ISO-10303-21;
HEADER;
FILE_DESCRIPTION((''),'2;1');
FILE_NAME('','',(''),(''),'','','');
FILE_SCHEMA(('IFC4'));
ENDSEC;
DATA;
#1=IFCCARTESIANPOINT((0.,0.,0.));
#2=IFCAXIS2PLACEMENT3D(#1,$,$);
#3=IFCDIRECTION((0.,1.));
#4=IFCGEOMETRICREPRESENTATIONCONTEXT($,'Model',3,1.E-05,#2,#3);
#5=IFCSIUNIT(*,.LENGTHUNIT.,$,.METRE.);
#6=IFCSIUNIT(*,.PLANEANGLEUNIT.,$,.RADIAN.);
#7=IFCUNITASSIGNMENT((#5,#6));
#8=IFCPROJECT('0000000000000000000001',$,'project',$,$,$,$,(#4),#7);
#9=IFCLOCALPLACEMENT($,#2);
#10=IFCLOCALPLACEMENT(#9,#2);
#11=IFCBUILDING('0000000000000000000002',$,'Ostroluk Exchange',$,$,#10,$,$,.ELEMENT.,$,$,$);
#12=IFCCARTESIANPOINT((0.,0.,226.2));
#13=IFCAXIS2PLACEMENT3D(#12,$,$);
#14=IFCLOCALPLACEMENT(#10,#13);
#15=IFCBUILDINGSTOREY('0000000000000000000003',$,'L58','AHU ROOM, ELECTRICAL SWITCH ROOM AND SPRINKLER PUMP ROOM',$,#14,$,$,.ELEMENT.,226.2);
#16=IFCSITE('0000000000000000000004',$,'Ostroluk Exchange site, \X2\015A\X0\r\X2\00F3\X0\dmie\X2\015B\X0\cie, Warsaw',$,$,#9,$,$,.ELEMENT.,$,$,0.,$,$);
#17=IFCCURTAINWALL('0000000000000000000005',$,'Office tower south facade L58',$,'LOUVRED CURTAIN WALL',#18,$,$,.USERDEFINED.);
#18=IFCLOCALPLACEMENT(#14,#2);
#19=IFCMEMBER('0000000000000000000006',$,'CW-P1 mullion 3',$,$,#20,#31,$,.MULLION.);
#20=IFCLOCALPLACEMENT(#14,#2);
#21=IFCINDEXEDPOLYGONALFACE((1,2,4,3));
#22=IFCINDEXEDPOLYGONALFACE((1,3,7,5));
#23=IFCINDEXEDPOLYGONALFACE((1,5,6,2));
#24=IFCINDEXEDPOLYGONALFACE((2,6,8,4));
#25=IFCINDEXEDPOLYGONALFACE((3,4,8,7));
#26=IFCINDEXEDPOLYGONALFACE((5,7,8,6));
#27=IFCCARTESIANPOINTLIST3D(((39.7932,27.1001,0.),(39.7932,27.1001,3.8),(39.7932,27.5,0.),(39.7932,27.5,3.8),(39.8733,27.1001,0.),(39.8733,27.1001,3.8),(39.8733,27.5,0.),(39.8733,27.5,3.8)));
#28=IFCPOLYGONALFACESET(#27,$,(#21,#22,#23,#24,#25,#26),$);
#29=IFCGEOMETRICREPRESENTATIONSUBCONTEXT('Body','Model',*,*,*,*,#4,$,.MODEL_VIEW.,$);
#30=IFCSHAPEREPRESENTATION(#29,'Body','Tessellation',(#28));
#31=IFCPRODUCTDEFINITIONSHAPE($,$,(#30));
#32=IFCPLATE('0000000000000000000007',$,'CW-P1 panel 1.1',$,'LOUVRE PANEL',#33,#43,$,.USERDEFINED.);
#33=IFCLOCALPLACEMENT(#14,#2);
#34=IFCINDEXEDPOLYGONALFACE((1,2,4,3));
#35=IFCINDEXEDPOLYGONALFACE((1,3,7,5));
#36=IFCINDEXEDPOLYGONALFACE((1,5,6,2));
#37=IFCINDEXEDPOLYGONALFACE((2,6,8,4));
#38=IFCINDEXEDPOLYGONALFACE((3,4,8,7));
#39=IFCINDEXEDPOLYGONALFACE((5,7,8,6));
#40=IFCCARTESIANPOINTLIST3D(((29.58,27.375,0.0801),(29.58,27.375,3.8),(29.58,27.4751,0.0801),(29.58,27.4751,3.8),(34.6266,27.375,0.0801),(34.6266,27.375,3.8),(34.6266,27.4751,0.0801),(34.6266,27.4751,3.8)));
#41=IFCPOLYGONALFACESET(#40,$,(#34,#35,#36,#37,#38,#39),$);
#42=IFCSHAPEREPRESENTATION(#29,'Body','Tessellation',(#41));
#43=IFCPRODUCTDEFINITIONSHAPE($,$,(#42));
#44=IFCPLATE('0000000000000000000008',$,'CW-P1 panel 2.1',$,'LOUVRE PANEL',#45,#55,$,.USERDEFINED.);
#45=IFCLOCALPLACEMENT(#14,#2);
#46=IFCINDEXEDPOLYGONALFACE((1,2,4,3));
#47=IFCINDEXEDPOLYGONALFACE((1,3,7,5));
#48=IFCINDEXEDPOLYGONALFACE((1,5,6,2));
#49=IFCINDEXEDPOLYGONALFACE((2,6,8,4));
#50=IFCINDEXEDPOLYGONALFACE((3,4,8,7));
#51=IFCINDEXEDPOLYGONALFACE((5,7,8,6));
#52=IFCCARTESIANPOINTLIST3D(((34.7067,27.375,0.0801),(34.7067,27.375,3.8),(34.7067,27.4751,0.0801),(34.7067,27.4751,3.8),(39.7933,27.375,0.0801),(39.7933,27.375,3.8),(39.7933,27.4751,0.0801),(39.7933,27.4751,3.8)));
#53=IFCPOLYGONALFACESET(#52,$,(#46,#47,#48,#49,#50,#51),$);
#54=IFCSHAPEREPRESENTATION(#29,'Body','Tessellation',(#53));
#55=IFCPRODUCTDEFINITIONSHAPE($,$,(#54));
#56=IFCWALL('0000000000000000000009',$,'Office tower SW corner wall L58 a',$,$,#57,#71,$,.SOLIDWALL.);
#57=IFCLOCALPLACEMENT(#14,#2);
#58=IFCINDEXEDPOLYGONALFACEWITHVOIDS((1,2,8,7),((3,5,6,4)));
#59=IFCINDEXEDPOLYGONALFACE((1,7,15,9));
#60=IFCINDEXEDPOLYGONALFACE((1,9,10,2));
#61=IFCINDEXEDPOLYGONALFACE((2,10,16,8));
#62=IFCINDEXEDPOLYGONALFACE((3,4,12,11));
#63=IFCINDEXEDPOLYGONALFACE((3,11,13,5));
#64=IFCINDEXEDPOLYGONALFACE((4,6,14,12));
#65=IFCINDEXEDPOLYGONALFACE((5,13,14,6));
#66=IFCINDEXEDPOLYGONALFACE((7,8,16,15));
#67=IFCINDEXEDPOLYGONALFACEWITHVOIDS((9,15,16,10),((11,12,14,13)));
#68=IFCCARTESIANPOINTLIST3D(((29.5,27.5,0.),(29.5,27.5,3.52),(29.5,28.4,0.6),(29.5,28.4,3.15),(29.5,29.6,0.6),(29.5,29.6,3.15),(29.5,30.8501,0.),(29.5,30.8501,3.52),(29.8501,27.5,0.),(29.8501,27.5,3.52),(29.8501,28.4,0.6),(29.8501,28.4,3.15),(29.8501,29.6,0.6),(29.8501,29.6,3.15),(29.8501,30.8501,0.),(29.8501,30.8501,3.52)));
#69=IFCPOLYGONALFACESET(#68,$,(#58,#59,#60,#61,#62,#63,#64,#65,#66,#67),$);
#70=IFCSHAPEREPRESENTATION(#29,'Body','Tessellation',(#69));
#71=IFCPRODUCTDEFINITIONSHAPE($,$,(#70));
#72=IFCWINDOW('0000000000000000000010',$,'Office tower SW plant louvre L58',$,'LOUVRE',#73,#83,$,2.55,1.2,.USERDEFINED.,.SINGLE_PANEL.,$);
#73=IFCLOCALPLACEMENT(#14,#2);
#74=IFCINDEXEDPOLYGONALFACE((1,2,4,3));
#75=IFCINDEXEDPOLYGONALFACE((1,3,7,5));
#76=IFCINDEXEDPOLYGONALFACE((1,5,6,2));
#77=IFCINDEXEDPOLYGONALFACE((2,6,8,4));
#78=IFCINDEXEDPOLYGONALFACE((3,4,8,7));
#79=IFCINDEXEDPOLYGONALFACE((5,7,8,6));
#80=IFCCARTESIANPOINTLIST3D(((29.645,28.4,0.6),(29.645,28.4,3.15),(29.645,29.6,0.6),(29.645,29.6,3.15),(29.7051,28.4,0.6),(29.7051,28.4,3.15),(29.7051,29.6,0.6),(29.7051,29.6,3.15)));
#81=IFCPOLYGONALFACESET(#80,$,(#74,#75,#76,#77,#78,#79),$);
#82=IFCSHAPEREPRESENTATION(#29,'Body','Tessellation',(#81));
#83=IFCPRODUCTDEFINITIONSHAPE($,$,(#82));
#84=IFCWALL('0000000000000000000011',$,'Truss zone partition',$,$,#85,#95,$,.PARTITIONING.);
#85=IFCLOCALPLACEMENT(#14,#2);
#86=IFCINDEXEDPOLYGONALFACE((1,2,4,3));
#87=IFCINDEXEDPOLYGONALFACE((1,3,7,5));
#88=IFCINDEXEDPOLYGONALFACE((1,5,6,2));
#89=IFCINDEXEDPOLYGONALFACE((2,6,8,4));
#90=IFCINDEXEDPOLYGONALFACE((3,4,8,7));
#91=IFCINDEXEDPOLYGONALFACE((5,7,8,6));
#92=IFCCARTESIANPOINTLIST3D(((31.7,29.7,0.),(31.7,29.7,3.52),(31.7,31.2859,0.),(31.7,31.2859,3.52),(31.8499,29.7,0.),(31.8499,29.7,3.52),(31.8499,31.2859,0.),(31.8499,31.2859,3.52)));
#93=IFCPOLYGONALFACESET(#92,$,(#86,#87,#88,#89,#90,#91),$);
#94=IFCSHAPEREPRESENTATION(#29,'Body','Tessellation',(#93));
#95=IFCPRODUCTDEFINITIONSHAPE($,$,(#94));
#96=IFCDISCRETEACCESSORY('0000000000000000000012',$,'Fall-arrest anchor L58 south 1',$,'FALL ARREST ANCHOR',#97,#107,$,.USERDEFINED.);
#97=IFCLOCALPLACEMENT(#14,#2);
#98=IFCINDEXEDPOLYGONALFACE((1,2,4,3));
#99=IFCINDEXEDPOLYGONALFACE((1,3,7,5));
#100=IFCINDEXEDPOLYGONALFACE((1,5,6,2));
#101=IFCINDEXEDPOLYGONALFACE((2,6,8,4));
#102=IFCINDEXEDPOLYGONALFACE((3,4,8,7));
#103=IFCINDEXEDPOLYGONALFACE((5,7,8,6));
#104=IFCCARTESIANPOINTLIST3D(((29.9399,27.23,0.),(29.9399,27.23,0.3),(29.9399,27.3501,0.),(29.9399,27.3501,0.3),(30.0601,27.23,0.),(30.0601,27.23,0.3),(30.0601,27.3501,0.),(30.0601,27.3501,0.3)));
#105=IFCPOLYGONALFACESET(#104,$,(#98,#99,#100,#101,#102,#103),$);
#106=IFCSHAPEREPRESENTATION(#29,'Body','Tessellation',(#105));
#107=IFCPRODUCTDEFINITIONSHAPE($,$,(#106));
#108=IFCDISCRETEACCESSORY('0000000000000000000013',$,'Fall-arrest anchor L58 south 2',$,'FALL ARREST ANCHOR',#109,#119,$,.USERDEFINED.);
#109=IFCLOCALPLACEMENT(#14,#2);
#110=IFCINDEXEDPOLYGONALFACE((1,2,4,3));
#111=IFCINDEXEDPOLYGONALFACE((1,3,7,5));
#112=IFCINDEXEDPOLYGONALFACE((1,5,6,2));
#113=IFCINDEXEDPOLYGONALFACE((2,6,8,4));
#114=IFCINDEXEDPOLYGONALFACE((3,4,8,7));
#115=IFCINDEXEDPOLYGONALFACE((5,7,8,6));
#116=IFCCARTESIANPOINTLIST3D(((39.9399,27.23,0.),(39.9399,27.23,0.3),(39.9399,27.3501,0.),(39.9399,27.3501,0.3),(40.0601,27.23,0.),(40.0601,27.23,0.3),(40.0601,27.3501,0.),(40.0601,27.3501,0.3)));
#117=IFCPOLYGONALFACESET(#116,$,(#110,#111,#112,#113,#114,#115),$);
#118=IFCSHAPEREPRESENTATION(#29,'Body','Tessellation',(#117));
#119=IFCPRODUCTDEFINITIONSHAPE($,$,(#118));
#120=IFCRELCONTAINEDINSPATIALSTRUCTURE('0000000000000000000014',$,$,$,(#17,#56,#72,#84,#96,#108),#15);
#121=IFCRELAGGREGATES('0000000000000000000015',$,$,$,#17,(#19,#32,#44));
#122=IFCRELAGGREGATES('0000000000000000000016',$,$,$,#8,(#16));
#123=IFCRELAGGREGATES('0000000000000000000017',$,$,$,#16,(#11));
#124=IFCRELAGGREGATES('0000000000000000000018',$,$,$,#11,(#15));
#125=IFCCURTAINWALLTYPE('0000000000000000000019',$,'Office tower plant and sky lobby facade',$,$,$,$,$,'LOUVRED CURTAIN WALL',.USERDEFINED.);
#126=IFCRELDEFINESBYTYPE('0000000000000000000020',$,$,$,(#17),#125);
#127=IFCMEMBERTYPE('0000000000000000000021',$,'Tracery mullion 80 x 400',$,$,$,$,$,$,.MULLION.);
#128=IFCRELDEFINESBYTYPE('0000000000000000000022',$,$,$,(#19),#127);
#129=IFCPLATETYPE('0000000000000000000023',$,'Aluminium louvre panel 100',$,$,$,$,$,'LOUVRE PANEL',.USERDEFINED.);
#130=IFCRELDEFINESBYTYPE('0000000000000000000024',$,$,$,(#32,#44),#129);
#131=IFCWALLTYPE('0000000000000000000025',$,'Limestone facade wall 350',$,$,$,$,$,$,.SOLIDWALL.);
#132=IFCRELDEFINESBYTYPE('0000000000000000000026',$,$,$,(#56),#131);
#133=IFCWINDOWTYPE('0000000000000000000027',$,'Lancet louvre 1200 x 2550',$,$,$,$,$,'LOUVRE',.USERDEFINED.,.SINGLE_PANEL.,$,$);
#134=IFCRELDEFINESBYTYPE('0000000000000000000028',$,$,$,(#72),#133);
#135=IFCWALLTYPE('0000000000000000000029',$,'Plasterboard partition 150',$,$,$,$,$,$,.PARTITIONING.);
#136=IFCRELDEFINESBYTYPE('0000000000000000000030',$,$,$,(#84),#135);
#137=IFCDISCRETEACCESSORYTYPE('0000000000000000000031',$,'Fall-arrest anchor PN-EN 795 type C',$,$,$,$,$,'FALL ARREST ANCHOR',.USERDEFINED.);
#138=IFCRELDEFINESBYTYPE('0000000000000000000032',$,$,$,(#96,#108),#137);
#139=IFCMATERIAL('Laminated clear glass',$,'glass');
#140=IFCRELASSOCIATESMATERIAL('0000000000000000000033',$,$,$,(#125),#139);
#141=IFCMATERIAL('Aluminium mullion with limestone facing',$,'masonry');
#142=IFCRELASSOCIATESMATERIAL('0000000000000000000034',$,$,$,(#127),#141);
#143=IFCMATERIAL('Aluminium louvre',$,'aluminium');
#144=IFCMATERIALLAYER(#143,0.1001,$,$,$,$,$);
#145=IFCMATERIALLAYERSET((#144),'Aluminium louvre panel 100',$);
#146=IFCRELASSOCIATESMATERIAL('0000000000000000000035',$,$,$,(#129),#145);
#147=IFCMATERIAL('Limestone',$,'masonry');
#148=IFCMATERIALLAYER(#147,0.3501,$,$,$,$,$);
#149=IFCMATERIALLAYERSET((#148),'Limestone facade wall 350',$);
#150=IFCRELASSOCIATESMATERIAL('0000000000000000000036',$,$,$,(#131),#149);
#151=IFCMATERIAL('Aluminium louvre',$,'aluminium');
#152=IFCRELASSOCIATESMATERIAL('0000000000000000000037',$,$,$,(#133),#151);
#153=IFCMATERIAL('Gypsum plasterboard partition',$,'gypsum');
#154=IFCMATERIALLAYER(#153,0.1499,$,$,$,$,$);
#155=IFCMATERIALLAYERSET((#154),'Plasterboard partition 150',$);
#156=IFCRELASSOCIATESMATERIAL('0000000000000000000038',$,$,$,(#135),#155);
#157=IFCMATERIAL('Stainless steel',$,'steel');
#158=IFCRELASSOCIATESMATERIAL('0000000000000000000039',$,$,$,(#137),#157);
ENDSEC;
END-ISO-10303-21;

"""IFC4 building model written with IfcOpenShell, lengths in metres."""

from ifc_helpers import new_model, si_unit, direction, frame, frame_2d, origin, origin_2d, place, context, subcontext, project, spatial, rectangle, extrude, material, layer, layer_set, material_profile, profile_set, type_object, element, fill, aggregate, save


model = new_model("IFC4")

# Units and contexts
model_context = context("Model", 3, precision=1e-05, world=origin(), true_north=direction((0.0, 1.0)))
body_context = subcontext(model_context, "Body", "Model", "MODEL_VIEW")
ifc_project = project(units=[si_unit("LENGTHUNIT", "METRE"), si_unit("PLANEANGLEUNIT", "RADIAN")], contexts=[model_context])

# Site, building, storey
site_placement = place(None, origin())
site = spatial("IfcSite", under=ifc_project, at=site_placement, Name="Ostroluk Exchange site, Śródmieście, Warsaw", CompositionType="ELEMENT", RefElevation=0.0)
building_placement = place(site_placement, origin())
building = spatial("IfcBuilding", under=site, at=building_placement, Name="Ostroluk Exchange", CompositionType="ELEMENT")
storey_placement = place(building_placement, frame((0.0, 0.0, 226.2)))
storey = spatial("IfcBuildingStorey", under=building, at=storey_placement, Name="L58", Description="AHU ROOM, ELECTRICAL SWITCH ROOM AND SPRINKLER PUMP ROOM", CompositionType="ELEMENT", Elevation=226.2)

# Curtain wall, member, plates
ifc_material_1 = material(Name="Laminated clear glass", Category="glass")
curtain_wall_type = type_object("IfcCurtainWallType", Name="Office tower plant and sky lobby facade", ElementType="LOUVRED CURTAIN WALL", PredefinedType="USERDEFINED", material=ifc_material_1)
curtain_wall_placement = place(storey_placement, origin())
curtain_wall = element("IfcCurtainWall", 1, at=curtain_wall_placement, inside=storey, type_object=curtain_wall_type, Name="Office tower south facade L58", ObjectType="LOUVRED CURTAIN WALL", PredefinedType="USERDEFINED")
ifc_material_2 = material(Name="Aluminium mullion with limestone facing", Category="masonry")
ifc_material_profile_1 = material_profile(ifc_material_2, rectangle(XDim=0.3999, YDim=0.0801, at=origin_2d()), Name="Tracery mullion 80 x 400")
ifc_profile_set_1 = profile_set([ifc_material_profile_1], Name="Aluminium mullion with limestone facing")
member_type_1 = type_object("IfcMemberType", Name="Tracery mullion 80 x 400", PredefinedType="MULLION", material=ifc_profile_set_1)
member_1_placement = place(storey_placement, frame((39.8333, 27.3, 0.0), z_axis=(0.0, 0.0, 1.0), x_axis=(0.0, 1.0, 0.0)))
member_1 = element("IfcMember", 2, at=member_1_placement, type_object=member_type_1, Name="CW-P1 mullion 3", PredefinedType="MULLION", context=body_context, shape_type="SweptSolid", body=[
    extrude(rectangle(XDim=0.3999, YDim=0.0801, at=origin_2d()), origin(), (0.0, 0.0, 1.0), 3.8),
])
ifc_material_3 = material(Name="Aluminium louvre", Category="aluminium")
ifc_layer_1 = layer(ifc_material_3, 0.1001)
ifc_layer_set_1 = layer_set([ifc_layer_1], Name="Aluminium louvre panel 100")
plate_type = type_object("IfcPlateType", Name="Aluminium louvre panel 100", ElementType="LOUVRE PANEL", PredefinedType="USERDEFINED", material=ifc_layer_set_1)
plate_1_placement = place(storey_placement, frame((32.1033, 27.425, 0.0801), z_axis=(0.0, 0.0, 1.0), x_axis=(1.0, 0.0, 0.0)))
plate_1 = element("IfcPlate", 3, at=plate_1_placement, type_object=plate_type, Name="CW-P1 panel 1.1", ObjectType="LOUVRE PANEL", PredefinedType="USERDEFINED", context=body_context, shape_type="SweptSolid", body=[
    extrude(rectangle(XDim=5.0466, YDim=0.1001, at=origin_2d()), origin(), (0.0, 0.0, 1.0), 3.72),
])
plate_2_placement = place(storey_placement, frame((37.25, 27.425, 0.0801), z_axis=(0.0, 0.0, 1.0), x_axis=(1.0, 0.0, 0.0)))
plate_2 = element("IfcPlate", 4, at=plate_2_placement, type_object=plate_type, Name="CW-P1 panel 2.1", ObjectType="LOUVRE PANEL", PredefinedType="USERDEFINED", context=body_context, shape_type="SweptSolid", body=[
    extrude(rectangle(XDim=5.0867, YDim=0.1001, at=origin_2d()), origin(), (0.0, 0.0, 1.0), 3.72),
])
aggregate(curtain_wall, [member_1, plate_1, plate_2])

# Wall, opening, window
ifc_material_4 = material(Name="Limestone", Category="masonry")
ifc_layer_2 = layer(ifc_material_4, 0.3501)
ifc_layer_set_2 = layer_set([ifc_layer_2], Name="Limestone facade wall 350")
wall_type_1 = type_object("IfcWallType", Name="Limestone facade wall 350", PredefinedType="SOLIDWALL", material=ifc_layer_set_2)
wall_1_placement = place(storey_placement, frame((29.675, 27.5, 0.0), z_axis=(0.0, 0.0, 1.0), x_axis=(0.0, 1.0, 0.0)))
wall_1 = element("IfcWall", 5, at=wall_1_placement, inside=storey, type_object=wall_type_1, Name="Office tower SW corner wall L58 a", PredefinedType="SOLIDWALL", context=body_context, shape_type="SweptSolid", body=[
    extrude(rectangle(XDim=3.3501, YDim=0.3501, at=frame_2d((1.675, 0.0))), origin(), (0.0, 0.0, 1.0), 3.52),
])
opening_placement = place(wall_1_placement, frame((0.8999, 0.0, 0.6001)))
opening = element("IfcOpeningElement", 6, at=opening_placement, cuts=wall_1, PredefinedType="OPENING", context=body_context, shape_type="SweptSolid", body=[
    extrude(rectangle(XDim=1.2, YDim=2.55, at=frame_2d((0.6001, 1.2749))), frame((0.0, 0.1851, 0.0), z_axis=(0.0, -1.0, 0.0), x_axis=(1.0, 0.0, 0.0)), (0.0, 0.0, 1.0), 0.3701),
])
ifc_material_5 = material(Name="Aluminium louvre", Category="aluminium")
window_type = type_object("IfcWindowType", Name="Lancet louvre 1200 x 2550", ElementType="LOUVRE", PartitioningType="SINGLE_PANEL", PredefinedType="USERDEFINED", material=ifc_material_5)
window_placement = place(opening_placement, origin())
window = element("IfcWindow", 7, at=window_placement, inside=storey, type_object=window_type, Name="Office tower SW plant louvre L58", ObjectType="LOUVRE", OverallHeight=2.55, OverallWidth=1.2, PartitioningType="SINGLE_PANEL", PredefinedType="USERDEFINED", context=body_context, shape_type="SweptSolid", body=[
    extrude(rectangle(XDim=1.2, YDim=2.55, at=frame_2d((0.6001, 1.2749))), frame((0.0, 0.03, 0.0), z_axis=(0.0, -1.0, 0.0), x_axis=(1.0, 0.0, 0.0)), (0.0, 0.0, 1.0), 0.0601),
])
fill(opening, window)

# Wall
ifc_material_6 = material(Name="Gypsum plasterboard partition", Category="gypsum")
ifc_layer_3 = layer(ifc_material_6, 0.1499)
ifc_layer_set_3 = layer_set([ifc_layer_3], Name="Plasterboard partition 150")
wall_type_2 = type_object("IfcWallType", Name="Plasterboard partition 150", PredefinedType="PARTITIONING", material=ifc_layer_set_3)
wall_2_placement = place(storey_placement, frame((31.7749, 29.7, 0.0), z_axis=(0.0, 0.0, 1.0), x_axis=(0.0, 1.0, 0.0)))
element("IfcWall", 8, at=wall_2_placement, inside=storey, type_object=wall_type_2, Name="Truss zone partition", PredefinedType="PARTITIONING", context=body_context, shape_type="SweptSolid", body=[
    extrude(rectangle(XDim=1.5859, YDim=0.1499, at=frame_2d((0.793, 0.0))), origin(), (0.0, 0.0, 1.0), 3.52),
])

# Discrete accessories
ifc_material_7 = material(Name="Stainless steel", Category="steel")
discrete_accessory_type = type_object("IfcDiscreteAccessoryType", Name="Fall-arrest anchor PN-EN 795 type C", ElementType="FALL ARREST ANCHOR", PredefinedType="USERDEFINED", material=ifc_material_7)
for number, where, z_axis, x_axis, name in (
    (9, (30.0, 27.29, 0.0), (0.0, 0.0, 1.0), (1.0, 0.0, 0.0), "Fall-arrest anchor L58 south 1"),
    (10, (40.0, 27.29, 0.0), (0.0, 0.0, 1.0), (1.0, 0.0, 0.0), "Fall-arrest anchor L58 south 2"),
):
    element("IfcDiscreteAccessory", number, at=place(storey_placement, frame(where, z_axis=z_axis, x_axis=x_axis)), inside=storey, type_object=discrete_accessory_type, Name=name, ObjectType="FALL ARREST ANCHOR", PredefinedType="USERDEFINED", context=body_context, shape_type="SweptSolid", body=[
        extrude(rectangle(XDim=0.1201, YDim=0.1201, at=origin_2d()), origin(), (0.0, 0.0, 1.0), 0.3),
    ])

save(model, "model.ifc")
